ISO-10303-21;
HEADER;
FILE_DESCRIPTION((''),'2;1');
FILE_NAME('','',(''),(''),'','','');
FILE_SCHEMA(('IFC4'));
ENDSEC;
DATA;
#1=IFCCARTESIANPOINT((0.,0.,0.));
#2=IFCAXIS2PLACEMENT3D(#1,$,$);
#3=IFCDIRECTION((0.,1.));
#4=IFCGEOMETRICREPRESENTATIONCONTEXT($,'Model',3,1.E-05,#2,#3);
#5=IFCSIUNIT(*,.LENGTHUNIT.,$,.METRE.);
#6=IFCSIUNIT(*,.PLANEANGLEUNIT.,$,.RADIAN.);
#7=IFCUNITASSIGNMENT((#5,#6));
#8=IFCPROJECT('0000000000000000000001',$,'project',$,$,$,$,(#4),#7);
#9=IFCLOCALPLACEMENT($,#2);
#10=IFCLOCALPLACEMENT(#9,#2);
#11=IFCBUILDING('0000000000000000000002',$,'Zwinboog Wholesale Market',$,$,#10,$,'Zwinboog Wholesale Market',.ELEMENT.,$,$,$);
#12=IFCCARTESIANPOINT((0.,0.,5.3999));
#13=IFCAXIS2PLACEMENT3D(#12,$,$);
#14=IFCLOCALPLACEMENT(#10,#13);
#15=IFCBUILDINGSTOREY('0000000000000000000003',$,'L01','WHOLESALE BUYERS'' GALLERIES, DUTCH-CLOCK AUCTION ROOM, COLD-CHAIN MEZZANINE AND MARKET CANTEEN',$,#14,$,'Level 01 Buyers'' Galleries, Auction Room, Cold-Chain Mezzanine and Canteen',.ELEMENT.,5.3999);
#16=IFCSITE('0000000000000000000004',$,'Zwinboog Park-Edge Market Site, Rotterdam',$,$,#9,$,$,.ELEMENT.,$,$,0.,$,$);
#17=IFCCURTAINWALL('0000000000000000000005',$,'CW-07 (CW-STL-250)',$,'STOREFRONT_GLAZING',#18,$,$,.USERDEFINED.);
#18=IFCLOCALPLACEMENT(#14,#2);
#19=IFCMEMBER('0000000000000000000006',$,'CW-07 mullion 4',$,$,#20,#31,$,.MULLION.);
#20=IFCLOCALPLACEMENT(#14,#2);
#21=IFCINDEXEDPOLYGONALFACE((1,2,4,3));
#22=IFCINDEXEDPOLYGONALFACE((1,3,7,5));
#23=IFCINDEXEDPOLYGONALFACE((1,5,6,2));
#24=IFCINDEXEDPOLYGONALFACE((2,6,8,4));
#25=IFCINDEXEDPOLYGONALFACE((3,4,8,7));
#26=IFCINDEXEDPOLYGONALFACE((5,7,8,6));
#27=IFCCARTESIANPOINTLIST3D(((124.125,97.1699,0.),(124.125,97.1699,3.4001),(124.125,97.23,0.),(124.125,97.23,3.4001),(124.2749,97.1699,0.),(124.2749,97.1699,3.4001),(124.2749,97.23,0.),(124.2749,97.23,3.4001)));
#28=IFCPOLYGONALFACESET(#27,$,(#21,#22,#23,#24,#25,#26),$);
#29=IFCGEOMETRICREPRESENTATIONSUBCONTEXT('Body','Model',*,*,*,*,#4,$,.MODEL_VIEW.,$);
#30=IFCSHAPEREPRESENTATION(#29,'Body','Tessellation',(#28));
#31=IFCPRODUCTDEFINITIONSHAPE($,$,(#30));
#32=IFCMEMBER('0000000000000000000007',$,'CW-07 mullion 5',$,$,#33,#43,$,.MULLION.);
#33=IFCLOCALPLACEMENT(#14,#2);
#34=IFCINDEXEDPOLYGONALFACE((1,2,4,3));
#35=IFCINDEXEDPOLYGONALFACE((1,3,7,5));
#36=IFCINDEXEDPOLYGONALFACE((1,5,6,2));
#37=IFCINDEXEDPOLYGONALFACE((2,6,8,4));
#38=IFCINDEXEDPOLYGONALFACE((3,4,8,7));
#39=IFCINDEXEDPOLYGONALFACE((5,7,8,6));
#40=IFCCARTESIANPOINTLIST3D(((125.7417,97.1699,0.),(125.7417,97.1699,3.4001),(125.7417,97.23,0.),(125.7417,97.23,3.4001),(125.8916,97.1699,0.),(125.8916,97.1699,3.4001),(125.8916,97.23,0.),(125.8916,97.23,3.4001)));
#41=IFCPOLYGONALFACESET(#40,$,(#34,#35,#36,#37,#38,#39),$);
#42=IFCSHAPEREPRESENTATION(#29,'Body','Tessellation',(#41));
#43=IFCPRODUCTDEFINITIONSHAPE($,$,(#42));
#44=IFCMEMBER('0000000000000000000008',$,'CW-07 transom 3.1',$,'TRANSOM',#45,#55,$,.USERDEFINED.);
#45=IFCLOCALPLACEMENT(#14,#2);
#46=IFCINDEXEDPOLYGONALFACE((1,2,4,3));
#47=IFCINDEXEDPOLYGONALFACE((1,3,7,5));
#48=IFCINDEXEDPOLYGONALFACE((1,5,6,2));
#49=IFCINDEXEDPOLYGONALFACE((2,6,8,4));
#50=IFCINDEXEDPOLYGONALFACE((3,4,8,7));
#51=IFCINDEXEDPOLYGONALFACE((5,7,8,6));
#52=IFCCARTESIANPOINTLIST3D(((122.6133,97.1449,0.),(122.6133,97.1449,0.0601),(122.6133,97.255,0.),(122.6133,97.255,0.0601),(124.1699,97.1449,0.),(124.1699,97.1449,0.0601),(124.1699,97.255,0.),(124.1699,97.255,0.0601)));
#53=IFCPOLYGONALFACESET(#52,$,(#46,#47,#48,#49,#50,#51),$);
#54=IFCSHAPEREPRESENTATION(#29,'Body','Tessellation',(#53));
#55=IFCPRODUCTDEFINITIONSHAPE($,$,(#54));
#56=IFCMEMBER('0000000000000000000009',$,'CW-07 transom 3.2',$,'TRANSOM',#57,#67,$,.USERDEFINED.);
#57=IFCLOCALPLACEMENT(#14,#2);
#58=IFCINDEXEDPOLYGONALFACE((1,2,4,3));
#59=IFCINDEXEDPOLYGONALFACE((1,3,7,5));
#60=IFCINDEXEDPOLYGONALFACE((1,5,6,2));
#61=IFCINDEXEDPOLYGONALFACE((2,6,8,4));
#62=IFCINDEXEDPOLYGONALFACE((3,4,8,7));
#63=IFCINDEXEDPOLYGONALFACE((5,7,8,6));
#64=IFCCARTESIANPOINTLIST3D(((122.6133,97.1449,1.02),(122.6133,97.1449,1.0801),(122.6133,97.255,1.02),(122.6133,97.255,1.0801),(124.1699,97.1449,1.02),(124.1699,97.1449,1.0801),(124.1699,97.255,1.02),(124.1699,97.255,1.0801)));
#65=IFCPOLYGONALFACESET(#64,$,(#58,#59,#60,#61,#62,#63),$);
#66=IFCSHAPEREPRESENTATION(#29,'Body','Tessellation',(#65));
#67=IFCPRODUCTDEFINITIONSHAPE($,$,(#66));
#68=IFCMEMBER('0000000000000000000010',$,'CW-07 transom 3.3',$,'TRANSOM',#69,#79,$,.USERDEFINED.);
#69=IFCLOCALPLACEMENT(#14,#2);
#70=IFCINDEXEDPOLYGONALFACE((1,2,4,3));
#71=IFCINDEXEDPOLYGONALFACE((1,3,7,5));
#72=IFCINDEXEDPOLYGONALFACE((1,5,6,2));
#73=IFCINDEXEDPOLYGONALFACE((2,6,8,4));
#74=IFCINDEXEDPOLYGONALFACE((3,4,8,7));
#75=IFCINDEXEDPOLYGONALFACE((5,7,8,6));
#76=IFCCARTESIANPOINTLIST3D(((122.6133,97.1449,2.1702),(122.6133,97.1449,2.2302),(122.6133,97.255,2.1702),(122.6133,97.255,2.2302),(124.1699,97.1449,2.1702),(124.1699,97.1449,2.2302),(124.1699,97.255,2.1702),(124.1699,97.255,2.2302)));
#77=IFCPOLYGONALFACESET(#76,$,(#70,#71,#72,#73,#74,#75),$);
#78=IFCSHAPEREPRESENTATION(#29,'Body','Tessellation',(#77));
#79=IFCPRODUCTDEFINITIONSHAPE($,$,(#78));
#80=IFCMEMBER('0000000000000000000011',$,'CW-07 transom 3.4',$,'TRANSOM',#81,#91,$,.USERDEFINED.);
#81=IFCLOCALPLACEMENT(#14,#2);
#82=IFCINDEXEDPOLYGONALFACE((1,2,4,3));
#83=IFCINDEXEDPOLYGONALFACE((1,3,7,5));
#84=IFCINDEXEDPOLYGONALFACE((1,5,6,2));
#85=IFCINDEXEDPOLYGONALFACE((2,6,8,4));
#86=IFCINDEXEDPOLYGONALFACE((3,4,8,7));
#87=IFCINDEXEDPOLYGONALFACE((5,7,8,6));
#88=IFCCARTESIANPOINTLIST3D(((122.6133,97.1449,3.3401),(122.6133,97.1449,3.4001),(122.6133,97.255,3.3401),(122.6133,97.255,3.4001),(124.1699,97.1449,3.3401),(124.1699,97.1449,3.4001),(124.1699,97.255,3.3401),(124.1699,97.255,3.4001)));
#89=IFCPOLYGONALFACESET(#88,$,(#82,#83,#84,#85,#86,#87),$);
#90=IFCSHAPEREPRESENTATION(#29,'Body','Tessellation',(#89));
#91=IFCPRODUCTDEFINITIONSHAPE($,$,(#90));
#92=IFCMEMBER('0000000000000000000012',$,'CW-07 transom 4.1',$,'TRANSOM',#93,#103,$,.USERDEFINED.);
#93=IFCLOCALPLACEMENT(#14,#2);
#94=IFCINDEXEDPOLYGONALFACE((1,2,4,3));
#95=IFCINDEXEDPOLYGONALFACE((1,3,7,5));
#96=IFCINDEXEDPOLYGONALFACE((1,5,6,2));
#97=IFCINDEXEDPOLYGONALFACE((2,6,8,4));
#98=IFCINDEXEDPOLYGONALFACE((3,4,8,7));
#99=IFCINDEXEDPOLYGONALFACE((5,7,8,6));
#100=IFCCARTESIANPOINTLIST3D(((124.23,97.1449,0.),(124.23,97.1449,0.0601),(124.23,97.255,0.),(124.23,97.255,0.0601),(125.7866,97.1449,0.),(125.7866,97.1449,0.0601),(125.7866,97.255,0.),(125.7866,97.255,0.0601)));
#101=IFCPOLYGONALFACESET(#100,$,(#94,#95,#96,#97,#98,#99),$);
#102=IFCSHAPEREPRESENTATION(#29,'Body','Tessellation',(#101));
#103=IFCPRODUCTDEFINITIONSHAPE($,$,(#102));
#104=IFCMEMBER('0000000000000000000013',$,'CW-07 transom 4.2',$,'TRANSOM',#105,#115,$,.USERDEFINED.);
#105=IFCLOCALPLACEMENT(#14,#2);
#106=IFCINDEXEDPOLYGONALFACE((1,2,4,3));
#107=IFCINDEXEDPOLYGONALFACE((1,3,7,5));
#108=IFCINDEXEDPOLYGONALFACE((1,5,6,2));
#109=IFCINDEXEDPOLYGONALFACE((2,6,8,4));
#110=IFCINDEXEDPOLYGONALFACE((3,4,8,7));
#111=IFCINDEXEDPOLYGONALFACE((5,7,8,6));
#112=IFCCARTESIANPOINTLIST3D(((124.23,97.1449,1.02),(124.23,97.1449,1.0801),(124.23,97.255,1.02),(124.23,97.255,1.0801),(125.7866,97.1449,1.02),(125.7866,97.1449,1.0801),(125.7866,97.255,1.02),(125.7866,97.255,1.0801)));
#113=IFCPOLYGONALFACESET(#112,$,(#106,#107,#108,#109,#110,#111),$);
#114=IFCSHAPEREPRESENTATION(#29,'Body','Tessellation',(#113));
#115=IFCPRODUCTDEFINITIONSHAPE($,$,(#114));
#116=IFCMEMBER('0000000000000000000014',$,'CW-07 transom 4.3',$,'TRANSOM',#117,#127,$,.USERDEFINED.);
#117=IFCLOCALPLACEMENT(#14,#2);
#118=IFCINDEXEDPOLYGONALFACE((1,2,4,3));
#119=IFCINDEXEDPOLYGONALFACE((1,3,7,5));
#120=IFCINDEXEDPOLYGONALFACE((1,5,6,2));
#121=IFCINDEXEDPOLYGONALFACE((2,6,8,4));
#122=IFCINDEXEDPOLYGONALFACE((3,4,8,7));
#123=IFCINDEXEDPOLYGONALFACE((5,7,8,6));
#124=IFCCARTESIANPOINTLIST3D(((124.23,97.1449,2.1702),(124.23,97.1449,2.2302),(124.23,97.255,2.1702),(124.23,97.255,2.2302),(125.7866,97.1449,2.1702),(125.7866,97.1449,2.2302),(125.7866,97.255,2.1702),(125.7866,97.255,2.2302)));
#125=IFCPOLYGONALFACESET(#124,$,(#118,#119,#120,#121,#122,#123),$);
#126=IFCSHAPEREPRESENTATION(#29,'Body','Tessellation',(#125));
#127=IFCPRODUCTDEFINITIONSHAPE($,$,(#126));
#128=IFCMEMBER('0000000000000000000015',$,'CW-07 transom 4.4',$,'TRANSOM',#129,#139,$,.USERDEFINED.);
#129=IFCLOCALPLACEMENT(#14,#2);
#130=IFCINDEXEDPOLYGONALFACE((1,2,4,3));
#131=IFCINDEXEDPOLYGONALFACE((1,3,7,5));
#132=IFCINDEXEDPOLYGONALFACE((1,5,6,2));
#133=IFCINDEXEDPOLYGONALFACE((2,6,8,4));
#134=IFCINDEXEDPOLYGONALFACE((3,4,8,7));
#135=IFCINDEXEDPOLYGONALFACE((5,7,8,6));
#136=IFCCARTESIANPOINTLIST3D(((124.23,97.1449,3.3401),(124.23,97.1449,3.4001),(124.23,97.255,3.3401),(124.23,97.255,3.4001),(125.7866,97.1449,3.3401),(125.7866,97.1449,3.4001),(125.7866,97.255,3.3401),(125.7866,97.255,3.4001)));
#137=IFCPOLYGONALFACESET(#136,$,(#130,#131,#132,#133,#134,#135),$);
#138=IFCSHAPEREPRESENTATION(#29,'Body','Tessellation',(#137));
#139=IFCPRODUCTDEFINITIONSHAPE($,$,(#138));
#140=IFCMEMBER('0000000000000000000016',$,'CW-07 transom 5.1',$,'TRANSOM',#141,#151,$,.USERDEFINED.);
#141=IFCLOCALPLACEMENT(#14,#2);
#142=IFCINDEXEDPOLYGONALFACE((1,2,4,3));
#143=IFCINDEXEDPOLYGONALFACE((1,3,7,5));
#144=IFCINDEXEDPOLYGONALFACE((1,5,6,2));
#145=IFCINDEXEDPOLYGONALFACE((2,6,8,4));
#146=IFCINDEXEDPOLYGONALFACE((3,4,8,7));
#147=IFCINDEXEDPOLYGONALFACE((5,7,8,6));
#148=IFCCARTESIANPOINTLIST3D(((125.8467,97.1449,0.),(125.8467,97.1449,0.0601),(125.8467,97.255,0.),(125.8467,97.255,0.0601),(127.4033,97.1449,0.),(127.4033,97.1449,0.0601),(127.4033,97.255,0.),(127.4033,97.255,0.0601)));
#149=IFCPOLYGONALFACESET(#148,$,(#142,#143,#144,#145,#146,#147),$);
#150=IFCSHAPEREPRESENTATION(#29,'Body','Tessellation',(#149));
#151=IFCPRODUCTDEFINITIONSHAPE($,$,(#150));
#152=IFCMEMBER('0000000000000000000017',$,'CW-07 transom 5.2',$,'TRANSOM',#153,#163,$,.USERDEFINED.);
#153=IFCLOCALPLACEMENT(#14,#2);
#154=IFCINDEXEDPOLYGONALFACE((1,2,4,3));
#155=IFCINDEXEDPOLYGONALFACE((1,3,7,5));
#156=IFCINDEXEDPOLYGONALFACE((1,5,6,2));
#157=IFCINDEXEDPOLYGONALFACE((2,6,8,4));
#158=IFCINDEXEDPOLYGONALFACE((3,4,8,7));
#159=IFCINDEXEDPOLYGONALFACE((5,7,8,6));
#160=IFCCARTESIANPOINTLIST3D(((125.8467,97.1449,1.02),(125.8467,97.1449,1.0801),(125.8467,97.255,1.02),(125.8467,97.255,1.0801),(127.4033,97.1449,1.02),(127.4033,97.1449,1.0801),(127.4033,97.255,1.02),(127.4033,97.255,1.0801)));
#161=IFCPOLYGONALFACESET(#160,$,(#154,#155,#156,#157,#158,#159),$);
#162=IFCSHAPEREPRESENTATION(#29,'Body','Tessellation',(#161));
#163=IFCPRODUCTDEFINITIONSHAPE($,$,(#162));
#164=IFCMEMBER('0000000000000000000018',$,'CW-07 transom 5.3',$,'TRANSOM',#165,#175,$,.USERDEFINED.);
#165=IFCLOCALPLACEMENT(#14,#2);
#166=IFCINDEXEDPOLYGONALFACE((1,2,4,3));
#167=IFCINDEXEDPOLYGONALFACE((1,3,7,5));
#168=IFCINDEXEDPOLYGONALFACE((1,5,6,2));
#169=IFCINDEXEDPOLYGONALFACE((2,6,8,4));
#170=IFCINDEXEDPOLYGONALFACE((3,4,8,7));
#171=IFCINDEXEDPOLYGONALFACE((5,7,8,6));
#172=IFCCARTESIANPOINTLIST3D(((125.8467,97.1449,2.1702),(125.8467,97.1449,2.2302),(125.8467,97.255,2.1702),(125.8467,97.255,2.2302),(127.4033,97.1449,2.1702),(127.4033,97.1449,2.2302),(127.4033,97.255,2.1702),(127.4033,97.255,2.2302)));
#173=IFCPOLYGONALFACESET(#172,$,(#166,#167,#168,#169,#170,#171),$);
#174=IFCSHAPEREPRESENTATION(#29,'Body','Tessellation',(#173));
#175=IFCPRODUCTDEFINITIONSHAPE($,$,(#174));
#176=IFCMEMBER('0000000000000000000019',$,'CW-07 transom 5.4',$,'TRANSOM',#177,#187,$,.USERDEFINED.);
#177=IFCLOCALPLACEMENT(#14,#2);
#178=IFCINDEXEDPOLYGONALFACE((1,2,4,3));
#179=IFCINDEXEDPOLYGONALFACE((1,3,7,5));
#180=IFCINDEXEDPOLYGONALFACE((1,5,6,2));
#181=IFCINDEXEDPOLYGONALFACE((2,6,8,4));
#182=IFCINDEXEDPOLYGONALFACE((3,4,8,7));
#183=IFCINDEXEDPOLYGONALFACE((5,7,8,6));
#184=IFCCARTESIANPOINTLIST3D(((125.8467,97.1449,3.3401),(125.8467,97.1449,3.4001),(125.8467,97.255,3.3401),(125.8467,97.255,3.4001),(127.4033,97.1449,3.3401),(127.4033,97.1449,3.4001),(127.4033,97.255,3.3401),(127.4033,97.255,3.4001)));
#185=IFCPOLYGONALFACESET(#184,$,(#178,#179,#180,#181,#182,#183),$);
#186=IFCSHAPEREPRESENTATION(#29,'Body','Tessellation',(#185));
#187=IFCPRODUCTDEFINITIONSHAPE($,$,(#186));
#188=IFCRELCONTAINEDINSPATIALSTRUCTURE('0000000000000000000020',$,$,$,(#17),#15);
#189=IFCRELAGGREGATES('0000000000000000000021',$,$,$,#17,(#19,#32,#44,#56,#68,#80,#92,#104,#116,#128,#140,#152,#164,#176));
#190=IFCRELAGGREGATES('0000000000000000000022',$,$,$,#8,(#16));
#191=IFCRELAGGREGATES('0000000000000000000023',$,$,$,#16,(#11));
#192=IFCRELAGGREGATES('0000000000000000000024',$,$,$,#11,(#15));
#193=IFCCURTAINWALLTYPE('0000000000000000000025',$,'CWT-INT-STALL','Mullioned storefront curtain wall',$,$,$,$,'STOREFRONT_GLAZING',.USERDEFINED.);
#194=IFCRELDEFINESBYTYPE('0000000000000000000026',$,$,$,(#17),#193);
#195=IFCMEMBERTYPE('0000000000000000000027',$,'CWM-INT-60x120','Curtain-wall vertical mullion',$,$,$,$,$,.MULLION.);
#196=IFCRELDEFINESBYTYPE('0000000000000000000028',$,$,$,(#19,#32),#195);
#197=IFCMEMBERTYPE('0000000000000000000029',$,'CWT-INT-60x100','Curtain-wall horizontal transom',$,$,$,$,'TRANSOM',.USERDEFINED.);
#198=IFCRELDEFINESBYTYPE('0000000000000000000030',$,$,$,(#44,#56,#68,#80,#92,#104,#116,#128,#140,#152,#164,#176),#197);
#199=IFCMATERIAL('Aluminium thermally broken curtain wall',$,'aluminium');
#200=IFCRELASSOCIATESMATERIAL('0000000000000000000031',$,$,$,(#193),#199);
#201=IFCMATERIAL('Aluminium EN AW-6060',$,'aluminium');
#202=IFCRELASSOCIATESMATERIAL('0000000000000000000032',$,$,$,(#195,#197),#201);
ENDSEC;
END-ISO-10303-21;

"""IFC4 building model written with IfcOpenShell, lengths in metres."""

from ifc_helpers import new_model, si_unit, direction, frame, origin, origin_2d, place, context, subcontext, project, spatial, rectangle, extrude, material, material_profile, profile_set, type_object, element, aggregate, save


model = new_model("IFC4")

# Units and contexts
model_context = context("Model", 3, precision=1e-05, world=origin(), true_north=direction((0.0, 1.0)))
body_context = subcontext(model_context, "Body", "Model", "MODEL_VIEW")
ifc_project = project(units=[si_unit("LENGTHUNIT", "METRE"), si_unit("PLANEANGLEUNIT", "RADIAN")], contexts=[model_context])

# Site, building, storey
site_placement = place(None, origin())
site = spatial("IfcSite", under=ifc_project, at=site_placement, Name="Zwinboog Park-Edge Market Site, Rotterdam", CompositionType="ELEMENT", RefElevation=0.0)
building_placement = place(site_placement, origin())
building = spatial("IfcBuilding", under=site, at=building_placement, Name="Zwinboog Wholesale Market", LongName="Zwinboog Wholesale Market", CompositionType="ELEMENT")
storey_placement = place(building_placement, frame((0.0, 0.0, 5.3999)))
storey = spatial("IfcBuildingStorey", under=building, at=storey_placement, Name="L01", Description="WHOLESALE BUYERS' GALLERIES, DUTCH-CLOCK AUCTION ROOM, COLD-CHAIN MEZZANINE AND MARKET CANTEEN", LongName="Level 01 Buyers' Galleries, Auction Room, Cold-Chain Mezzanine and Canteen", CompositionType="ELEMENT", Elevation=5.3999)

# Curtain wall, members
ifc_material_1 = material(Name="Aluminium thermally broken curtain wall", Category="aluminium")
curtain_wall_type = type_object("IfcCurtainWallType", Name="CWT-INT-STALL", Description="Mullioned storefront curtain wall", ElementType="STOREFRONT_GLAZING", PredefinedType="USERDEFINED", material=ifc_material_1)
curtain_wall_placement = place(storey_placement, origin())
curtain_wall = element("IfcCurtainWall", 1, at=curtain_wall_placement, inside=storey, type_object=curtain_wall_type, Name="CW-07 (CW-STL-250)", ObjectType="STOREFRONT_GLAZING", PredefinedType="USERDEFINED")
ifc_material_2 = material(Name="Aluminium EN AW-6060", Category="aluminium")
ifc_material_profile_1 = material_profile(ifc_material_2, rectangle(XDim=0.0601, YDim=0.1499, at=origin_2d()), Name="AL 60x150")
ifc_profile_set_1 = profile_set([ifc_material_profile_1], Name="Aluminium EN AW-6060")
member_type_1 = type_object("IfcMemberType", Name="CWM-INT-60x120", Description="Curtain-wall vertical mullion", PredefinedType="MULLION", material=ifc_profile_set_1)
member_1_placement = place(storey_placement, frame((124.2, 97.2, 0.0), z_axis=(0.0, 0.0, 1.0), x_axis=(0.0, 1.0, 0.0)))
member_1 = element("IfcMember", 2, at=member_1_placement, type_object=member_type_1, Name="CW-07 mullion 4", PredefinedType="MULLION", context=body_context, shape_type="SweptSolid", body=[
    extrude(rectangle(XDim=0.0601, YDim=0.1499, at=origin_2d()), origin(), (0.0, 0.0, 1.0), 3.4001),
])
member_2_placement = place(storey_placement, frame((125.8167, 97.2, 0.0), z_axis=(0.0, 0.0, 1.0), x_axis=(0.0, 1.0, 0.0)))
member_2 = element("IfcMember", 3, at=member_2_placement, type_object=member_type_1, Name="CW-07 mullion 5", PredefinedType="MULLION", context=body_context, shape_type="SweptSolid", body=[
    extrude(rectangle(XDim=0.0601, YDim=0.1499, at=origin_2d()), origin(), (0.0, 0.0, 1.0), 3.4001),
])
ifc_material_profile_2 = material_profile(ifc_material_2, rectangle(XDim=0.1101, YDim=0.0601, at=origin_2d()), Name="AL 60x110")
ifc_profile_set_2 = profile_set([ifc_material_profile_2], Name="Aluminium EN AW-6060")
member_type_2 = type_object("IfcMemberType", Name="CWT-INT-60x100", Description="Curtain-wall horizontal transom", ElementType="TRANSOM", PredefinedType="USERDEFINED", material=ifc_profile_set_2)
member_3_placement = place(storey_placement, frame((122.6133, 97.2, 0.03), z_axis=(1.0, 0.0, 0.0), x_axis=(0.0, 1.0, 0.0)))
member_3 = element("IfcMember", 4, at=member_3_placement, type_object=member_type_2, Name="CW-07 transom 3.1", ObjectType="TRANSOM", PredefinedType="USERDEFINED", context=body_context, shape_type="SweptSolid", body=[
    extrude(rectangle(XDim=0.1101, YDim=0.0601, at=origin_2d()), origin(), (0.0, 0.0, 1.0), 1.5566),
])
member_4_placement = place(storey_placement, frame((122.6133, 97.2, 1.05), z_axis=(1.0, 0.0, 0.0), x_axis=(0.0, 1.0, 0.0)))
member_4 = element("IfcMember", 5, at=member_4_placement, type_object=member_type_2, Name="CW-07 transom 3.2", ObjectType="TRANSOM", PredefinedType="USERDEFINED", context=body_context, shape_type="SweptSolid", body=[
    extrude(rectangle(XDim=0.1101, YDim=0.0601, at=origin_2d()), origin(), (0.0, 0.0, 1.0), 1.5566),
])
member_5_placement = place(storey_placement, frame((122.6133, 97.2, 2.2002), z_axis=(1.0, 0.0, 0.0), x_axis=(0.0, 1.0, 0.0)))
member_5 = element("IfcMember", 6, at=member_5_placement, type_object=member_type_2, Name="CW-07 transom 3.3", ObjectType="TRANSOM", PredefinedType="USERDEFINED", context=body_context, shape_type="SweptSolid", body=[
    extrude(rectangle(XDim=0.1101, YDim=0.0601, at=origin_2d()), origin(), (0.0, 0.0, 1.0), 1.5566),
])
member_6_placement = place(storey_placement, frame((122.6133, 97.2, 3.3701), z_axis=(1.0, 0.0, 0.0), x_axis=(0.0, 1.0, 0.0)))
member_6 = element("IfcMember", 7, at=member_6_placement, type_object=member_type_2, Name="CW-07 transom 3.4", ObjectType="TRANSOM", PredefinedType="USERDEFINED", context=body_context, shape_type="SweptSolid", body=[
    extrude(rectangle(XDim=0.1101, YDim=0.0601, at=origin_2d()), origin(), (0.0, 0.0, 1.0), 1.5566),
])
member_7_placement = place(storey_placement, frame((124.23, 97.2, 0.03), z_axis=(1.0, 0.0, 0.0), x_axis=(0.0, 1.0, 0.0)))
member_7 = element("IfcMember", 8, at=member_7_placement, type_object=member_type_2, Name="CW-07 transom 4.1", ObjectType="TRANSOM", PredefinedType="USERDEFINED", context=body_context, shape_type="SweptSolid", body=[
    extrude(rectangle(XDim=0.1101, YDim=0.0601, at=origin_2d()), origin(), (0.0, 0.0, 1.0), 1.5566),
])
member_8_placement = place(storey_placement, frame((124.23, 97.2, 1.05), z_axis=(1.0, 0.0, 0.0), x_axis=(0.0, 1.0, 0.0)))
member_8 = element("IfcMember", 9, at=member_8_placement, type_object=member_type_2, Name="CW-07 transom 4.2", ObjectType="TRANSOM", PredefinedType="USERDEFINED", context=body_context, shape_type="SweptSolid", body=[
    extrude(rectangle(XDim=0.1101, YDim=0.0601, at=origin_2d()), origin(), (0.0, 0.0, 1.0), 1.5566),
])
member_9_placement = place(storey_placement, frame((124.23, 97.2, 2.2002), z_axis=(1.0, 0.0, 0.0), x_axis=(0.0, 1.0, 0.0)))
member_9 = element("IfcMember", 10, at=member_9_placement, type_object=member_type_2, Name="CW-07 transom 4.3", ObjectType="TRANSOM", PredefinedType="USERDEFINED", context=body_context, shape_type="SweptSolid", body=[
    extrude(rectangle(XDim=0.1101, YDim=0.0601, at=origin_2d()), origin(), (0.0, 0.0, 1.0), 1.5566),
])
member_10_placement = place(storey_placement, frame((124.23, 97.2, 3.3701), z_axis=(1.0, 0.0, 0.0), x_axis=(0.0, 1.0, 0.0)))
member_10 = element("IfcMember", 11, at=member_10_placement, type_object=member_type_2, Name="CW-07 transom 4.4", ObjectType="TRANSOM", PredefinedType="USERDEFINED", context=body_context, shape_type="SweptSolid", body=[
    extrude(rectangle(XDim=0.1101, YDim=0.0601, at=origin_2d()), origin(), (0.0, 0.0, 1.0), 1.5566),
])
member_11_placement = place(storey_placement, frame((125.8467, 97.2, 0.03), z_axis=(1.0, 0.0, 0.0), x_axis=(0.0, 1.0, 0.0)))
member_11 = element("IfcMember", 12, at=member_11_placement, type_object=member_type_2, Name="CW-07 transom 5.1", ObjectType="TRANSOM", PredefinedType="USERDEFINED", context=body_context, shape_type="SweptSolid", body=[
    extrude(rectangle(XDim=0.1101, YDim=0.0601, at=origin_2d()), origin(), (0.0, 0.0, 1.0), 1.5566),
])
member_12_placement = place(storey_placement, frame((125.8467, 97.2, 1.05), z_axis=(1.0, 0.0, 0.0), x_axis=(0.0, 1.0, 0.0)))
member_12 = element("IfcMember", 13, at=member_12_placement, type_object=member_type_2, Name="CW-07 transom 5.2", ObjectType="TRANSOM", PredefinedType="USERDEFINED", context=body_context, shape_type="SweptSolid", body=[
    extrude(rectangle(XDim=0.1101, YDim=0.0601, at=origin_2d()), origin(), (0.0, 0.0, 1.0), 1.5566),
])
member_13_placement = place(storey_placement, frame((125.8467, 97.2, 2.2002), z_axis=(1.0, 0.0, 0.0), x_axis=(0.0, 1.0, 0.0)))
member_13 = element("IfcMember", 14, at=member_13_placement, type_object=member_type_2, Name="CW-07 transom 5.3", ObjectType="TRANSOM", PredefinedType="USERDEFINED", context=body_context, shape_type="SweptSolid", body=[
    extrude(rectangle(XDim=0.1101, YDim=0.0601, at=origin_2d()), origin(), (0.0, 0.0, 1.0), 1.5566),
])
member_14_placement = place(storey_placement, frame((125.8467, 97.2, 3.3701), z_axis=(1.0, 0.0, 0.0), x_axis=(0.0, 1.0, 0.0)))
member_14 = element("IfcMember", 15, at=member_14_placement, type_object=member_type_2, Name="CW-07 transom 5.4", ObjectType="TRANSOM", PredefinedType="USERDEFINED", context=body_context, shape_type="SweptSolid", body=[
    extrude(rectangle(XDim=0.1101, YDim=0.0601, at=origin_2d()), origin(), (0.0, 0.0, 1.0), 1.5566),
])
aggregate(curtain_wall, [member_1, member_2, member_3, member_4, member_5, member_6, member_7, member_8, member_9, member_10, member_11, member_12, member_13, member_14])

save(model, "model.ifc")
